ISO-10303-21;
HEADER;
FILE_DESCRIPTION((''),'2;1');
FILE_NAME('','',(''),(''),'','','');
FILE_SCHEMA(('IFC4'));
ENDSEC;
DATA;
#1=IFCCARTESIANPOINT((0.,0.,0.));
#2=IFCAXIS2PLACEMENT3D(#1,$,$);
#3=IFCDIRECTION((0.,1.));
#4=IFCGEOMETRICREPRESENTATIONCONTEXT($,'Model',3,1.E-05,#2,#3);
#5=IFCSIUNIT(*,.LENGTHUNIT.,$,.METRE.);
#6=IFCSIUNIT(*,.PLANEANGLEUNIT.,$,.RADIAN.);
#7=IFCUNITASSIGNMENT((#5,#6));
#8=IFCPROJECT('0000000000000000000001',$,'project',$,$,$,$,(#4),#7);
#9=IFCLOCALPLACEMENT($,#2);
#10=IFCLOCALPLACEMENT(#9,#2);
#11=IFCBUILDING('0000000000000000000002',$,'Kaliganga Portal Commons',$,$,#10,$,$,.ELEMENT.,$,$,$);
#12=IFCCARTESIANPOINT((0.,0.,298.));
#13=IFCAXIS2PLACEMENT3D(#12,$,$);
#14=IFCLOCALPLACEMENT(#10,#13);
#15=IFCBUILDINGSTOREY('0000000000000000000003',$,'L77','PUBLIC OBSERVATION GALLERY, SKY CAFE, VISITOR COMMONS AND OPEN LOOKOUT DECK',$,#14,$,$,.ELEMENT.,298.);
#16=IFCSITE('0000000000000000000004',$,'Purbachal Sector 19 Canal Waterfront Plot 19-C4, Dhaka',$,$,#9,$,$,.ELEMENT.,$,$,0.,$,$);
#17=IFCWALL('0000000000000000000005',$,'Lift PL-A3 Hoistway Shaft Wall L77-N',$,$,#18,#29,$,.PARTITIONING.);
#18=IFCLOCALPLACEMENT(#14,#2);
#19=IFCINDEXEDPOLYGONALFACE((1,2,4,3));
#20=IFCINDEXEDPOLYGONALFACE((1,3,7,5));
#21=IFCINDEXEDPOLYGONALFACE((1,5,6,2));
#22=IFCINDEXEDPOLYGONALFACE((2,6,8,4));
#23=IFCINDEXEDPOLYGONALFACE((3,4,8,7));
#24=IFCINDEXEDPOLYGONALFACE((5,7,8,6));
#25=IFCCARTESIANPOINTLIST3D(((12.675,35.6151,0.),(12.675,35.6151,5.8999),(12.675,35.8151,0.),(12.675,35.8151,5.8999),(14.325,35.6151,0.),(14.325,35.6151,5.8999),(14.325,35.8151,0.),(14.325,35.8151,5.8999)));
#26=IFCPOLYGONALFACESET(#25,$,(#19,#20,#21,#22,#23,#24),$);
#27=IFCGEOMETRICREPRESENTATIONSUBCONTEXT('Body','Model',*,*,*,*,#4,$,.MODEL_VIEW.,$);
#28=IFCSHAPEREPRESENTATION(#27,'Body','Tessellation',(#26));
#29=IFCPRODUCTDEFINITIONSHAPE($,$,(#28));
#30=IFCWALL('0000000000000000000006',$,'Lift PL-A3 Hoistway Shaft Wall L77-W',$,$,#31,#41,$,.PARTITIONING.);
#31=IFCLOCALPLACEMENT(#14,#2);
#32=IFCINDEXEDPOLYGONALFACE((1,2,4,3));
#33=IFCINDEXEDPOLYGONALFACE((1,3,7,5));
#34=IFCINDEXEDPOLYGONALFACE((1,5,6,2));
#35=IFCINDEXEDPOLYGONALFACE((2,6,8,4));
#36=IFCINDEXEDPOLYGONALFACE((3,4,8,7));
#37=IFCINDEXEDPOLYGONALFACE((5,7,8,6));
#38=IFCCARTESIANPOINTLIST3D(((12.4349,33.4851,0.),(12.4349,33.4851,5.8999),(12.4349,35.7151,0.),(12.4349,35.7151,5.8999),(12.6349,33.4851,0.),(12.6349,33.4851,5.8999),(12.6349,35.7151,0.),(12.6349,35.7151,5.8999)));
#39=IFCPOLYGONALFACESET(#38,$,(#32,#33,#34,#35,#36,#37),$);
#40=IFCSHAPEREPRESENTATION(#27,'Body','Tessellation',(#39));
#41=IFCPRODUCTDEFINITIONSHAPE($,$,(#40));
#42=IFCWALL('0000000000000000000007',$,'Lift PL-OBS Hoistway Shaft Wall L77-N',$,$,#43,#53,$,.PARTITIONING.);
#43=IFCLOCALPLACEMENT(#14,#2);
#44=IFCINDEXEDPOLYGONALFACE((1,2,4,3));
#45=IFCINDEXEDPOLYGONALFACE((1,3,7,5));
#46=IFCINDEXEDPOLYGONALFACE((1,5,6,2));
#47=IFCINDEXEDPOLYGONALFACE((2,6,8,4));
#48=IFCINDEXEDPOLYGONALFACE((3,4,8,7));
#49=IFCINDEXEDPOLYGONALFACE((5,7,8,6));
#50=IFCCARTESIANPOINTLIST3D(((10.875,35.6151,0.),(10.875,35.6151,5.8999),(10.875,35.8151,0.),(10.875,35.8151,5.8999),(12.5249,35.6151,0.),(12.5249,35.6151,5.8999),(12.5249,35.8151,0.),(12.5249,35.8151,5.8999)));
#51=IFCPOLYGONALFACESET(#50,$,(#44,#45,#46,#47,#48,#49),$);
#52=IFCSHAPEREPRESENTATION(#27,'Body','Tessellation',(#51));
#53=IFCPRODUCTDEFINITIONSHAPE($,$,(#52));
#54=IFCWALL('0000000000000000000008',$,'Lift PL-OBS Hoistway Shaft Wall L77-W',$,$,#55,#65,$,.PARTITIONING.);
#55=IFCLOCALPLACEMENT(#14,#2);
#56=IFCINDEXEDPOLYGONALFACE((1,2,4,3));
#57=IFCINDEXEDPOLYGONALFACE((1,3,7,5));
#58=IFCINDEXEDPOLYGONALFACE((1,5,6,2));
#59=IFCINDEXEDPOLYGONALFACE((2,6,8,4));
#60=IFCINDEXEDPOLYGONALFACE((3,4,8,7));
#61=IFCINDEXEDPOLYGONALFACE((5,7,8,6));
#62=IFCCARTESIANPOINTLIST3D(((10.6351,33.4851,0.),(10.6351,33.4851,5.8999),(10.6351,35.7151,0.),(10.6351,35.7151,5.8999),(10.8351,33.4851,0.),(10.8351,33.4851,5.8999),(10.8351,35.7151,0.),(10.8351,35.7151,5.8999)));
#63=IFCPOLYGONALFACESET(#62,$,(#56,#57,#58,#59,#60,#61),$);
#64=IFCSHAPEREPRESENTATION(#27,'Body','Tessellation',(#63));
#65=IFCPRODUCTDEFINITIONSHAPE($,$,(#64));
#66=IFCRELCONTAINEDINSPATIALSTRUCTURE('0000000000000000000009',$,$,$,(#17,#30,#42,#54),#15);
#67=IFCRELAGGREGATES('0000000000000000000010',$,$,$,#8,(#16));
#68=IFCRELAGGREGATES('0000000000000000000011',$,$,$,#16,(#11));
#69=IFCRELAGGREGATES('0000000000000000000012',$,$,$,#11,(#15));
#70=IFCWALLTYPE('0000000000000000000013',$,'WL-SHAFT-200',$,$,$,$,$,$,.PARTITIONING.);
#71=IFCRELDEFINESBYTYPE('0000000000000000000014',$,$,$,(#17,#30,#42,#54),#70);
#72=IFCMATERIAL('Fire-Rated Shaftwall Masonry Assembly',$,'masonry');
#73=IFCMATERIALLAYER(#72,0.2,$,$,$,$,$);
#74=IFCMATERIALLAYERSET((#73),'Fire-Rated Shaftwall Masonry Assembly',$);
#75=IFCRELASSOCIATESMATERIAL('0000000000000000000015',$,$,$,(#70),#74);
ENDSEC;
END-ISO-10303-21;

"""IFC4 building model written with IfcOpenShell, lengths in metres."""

from ifc_helpers import new_model, si_unit, direction, frame, frame_2d, origin, place, context, subcontext, project, spatial, rectangle, extrude, material, layer, layer_set, type_object, element, save


model = new_model("IFC4")

# Units and contexts
model_context = context("Model", 3, precision=1e-05, world=origin(), true_north=direction((0.0, 1.0)))
body_context = subcontext(model_context, "Body", "Model", "MODEL_VIEW")
ifc_project = project(units=[si_unit("LENGTHUNIT", "METRE"), si_unit("PLANEANGLEUNIT", "RADIAN")], contexts=[model_context])

# Site, building, storey
site_placement = place(None, origin())
site = spatial("IfcSite", under=ifc_project, at=site_placement, Name="Purbachal Sector 19 Canal Waterfront Plot 19-C4, Dhaka", CompositionType="ELEMENT", RefElevation=0.0)
building_placement = place(site_placement, origin())
building = spatial("IfcBuilding", under=site, at=building_placement, Name="Kaliganga Portal Commons", CompositionType="ELEMENT")
storey_placement = place(building_placement, frame((0.0, 0.0, 298.0)))
storey = spatial("IfcBuildingStorey", under=building, at=storey_placement, Name="L77", Description="PUBLIC OBSERVATION GALLERY, SKY CAFE, VISITOR COMMONS AND OPEN LOOKOUT DECK", CompositionType="ELEMENT", Elevation=298.0)

# Shared definitions
ifc_material_1 = material(Name="Fire-Rated Shaftwall Masonry Assembly", Category="masonry")
ifc_layer_1 = layer(ifc_material_1, 0.2)
ifc_layer_set_1 = layer_set([ifc_layer_1], Name="Fire-Rated Shaftwall Masonry Assembly")
wall_type_1 = type_object("IfcWallType", Name="WL-SHAFT-200", PredefinedType="PARTITIONING", material=ifc_layer_set_1)

# Walls
wall_1_placement = place(storey_placement, frame((12.675, 35.7151, 0.0), z_axis=(0.0, 0.0, 1.0), x_axis=(1.0, 0.0, 0.0)))
element("IfcWall", 1, at=wall_1_placement, inside=storey, type_object=wall_type_1, Name="Lift PL-A3 Hoistway Shaft Wall L77-N", PredefinedType="PARTITIONING", context=body_context, shape_type="SweptSolid", body=[
    extrude(rectangle(XDim=1.6499, YDim=0.2, at=frame_2d((0.825, 0.0))), origin(), (0.0, 0.0, 1.0), 5.8999),
])
wall_2_placement = place(storey_placement, frame((12.5349, 33.4851, 0.0), z_axis=(0.0, 0.0, 1.0), x_axis=(0.0, 1.0, 0.0)))
element("IfcWall", 2, at=wall_2_placement, inside=storey, type_object=wall_type_1, Name="Lift PL-A3 Hoistway Shaft Wall L77-W", PredefinedType="PARTITIONING", context=body_context, shape_type="SweptSolid", body=[
    extrude(rectangle(XDim=2.23, YDim=0.2, at=frame_2d((1.115, 0.0))), origin(), (0.0, 0.0, 1.0), 5.8999),
])

# Walls
wall_3_placement = place(storey_placement, frame((10.875, 35.7151, 0.0), z_axis=(0.0, 0.0, 1.0), x_axis=(1.0, 0.0, 0.0)))
element("IfcWall", 3, at=wall_3_placement, inside=storey, type_object=wall_type_1, Name="Lift PL-OBS Hoistway Shaft Wall L77-N", PredefinedType="PARTITIONING", context=body_context, shape_type="SweptSolid", body=[
    extrude(rectangle(XDim=1.6499, YDim=0.2, at=frame_2d((0.825, 0.0))), origin(), (0.0, 0.0, 1.0), 5.8999),
])
wall_4_placement = place(storey_placement, frame((10.7351, 33.4851, 0.0), z_axis=(0.0, 0.0, 1.0), x_axis=(0.0, 1.0, 0.0)))
element("IfcWall", 4, at=wall_4_placement, inside=storey, type_object=wall_type_1, Name="Lift PL-OBS Hoistway Shaft Wall L77-W", PredefinedType="PARTITIONING", context=body_context, shape_type="SweptSolid", body=[
    extrude(rectangle(XDim=2.23, YDim=0.2, at=frame_2d((1.115, 0.0))), origin(), (0.0, 0.0, 1.0), 5.8999),
])

save(model, "model.ifc")
